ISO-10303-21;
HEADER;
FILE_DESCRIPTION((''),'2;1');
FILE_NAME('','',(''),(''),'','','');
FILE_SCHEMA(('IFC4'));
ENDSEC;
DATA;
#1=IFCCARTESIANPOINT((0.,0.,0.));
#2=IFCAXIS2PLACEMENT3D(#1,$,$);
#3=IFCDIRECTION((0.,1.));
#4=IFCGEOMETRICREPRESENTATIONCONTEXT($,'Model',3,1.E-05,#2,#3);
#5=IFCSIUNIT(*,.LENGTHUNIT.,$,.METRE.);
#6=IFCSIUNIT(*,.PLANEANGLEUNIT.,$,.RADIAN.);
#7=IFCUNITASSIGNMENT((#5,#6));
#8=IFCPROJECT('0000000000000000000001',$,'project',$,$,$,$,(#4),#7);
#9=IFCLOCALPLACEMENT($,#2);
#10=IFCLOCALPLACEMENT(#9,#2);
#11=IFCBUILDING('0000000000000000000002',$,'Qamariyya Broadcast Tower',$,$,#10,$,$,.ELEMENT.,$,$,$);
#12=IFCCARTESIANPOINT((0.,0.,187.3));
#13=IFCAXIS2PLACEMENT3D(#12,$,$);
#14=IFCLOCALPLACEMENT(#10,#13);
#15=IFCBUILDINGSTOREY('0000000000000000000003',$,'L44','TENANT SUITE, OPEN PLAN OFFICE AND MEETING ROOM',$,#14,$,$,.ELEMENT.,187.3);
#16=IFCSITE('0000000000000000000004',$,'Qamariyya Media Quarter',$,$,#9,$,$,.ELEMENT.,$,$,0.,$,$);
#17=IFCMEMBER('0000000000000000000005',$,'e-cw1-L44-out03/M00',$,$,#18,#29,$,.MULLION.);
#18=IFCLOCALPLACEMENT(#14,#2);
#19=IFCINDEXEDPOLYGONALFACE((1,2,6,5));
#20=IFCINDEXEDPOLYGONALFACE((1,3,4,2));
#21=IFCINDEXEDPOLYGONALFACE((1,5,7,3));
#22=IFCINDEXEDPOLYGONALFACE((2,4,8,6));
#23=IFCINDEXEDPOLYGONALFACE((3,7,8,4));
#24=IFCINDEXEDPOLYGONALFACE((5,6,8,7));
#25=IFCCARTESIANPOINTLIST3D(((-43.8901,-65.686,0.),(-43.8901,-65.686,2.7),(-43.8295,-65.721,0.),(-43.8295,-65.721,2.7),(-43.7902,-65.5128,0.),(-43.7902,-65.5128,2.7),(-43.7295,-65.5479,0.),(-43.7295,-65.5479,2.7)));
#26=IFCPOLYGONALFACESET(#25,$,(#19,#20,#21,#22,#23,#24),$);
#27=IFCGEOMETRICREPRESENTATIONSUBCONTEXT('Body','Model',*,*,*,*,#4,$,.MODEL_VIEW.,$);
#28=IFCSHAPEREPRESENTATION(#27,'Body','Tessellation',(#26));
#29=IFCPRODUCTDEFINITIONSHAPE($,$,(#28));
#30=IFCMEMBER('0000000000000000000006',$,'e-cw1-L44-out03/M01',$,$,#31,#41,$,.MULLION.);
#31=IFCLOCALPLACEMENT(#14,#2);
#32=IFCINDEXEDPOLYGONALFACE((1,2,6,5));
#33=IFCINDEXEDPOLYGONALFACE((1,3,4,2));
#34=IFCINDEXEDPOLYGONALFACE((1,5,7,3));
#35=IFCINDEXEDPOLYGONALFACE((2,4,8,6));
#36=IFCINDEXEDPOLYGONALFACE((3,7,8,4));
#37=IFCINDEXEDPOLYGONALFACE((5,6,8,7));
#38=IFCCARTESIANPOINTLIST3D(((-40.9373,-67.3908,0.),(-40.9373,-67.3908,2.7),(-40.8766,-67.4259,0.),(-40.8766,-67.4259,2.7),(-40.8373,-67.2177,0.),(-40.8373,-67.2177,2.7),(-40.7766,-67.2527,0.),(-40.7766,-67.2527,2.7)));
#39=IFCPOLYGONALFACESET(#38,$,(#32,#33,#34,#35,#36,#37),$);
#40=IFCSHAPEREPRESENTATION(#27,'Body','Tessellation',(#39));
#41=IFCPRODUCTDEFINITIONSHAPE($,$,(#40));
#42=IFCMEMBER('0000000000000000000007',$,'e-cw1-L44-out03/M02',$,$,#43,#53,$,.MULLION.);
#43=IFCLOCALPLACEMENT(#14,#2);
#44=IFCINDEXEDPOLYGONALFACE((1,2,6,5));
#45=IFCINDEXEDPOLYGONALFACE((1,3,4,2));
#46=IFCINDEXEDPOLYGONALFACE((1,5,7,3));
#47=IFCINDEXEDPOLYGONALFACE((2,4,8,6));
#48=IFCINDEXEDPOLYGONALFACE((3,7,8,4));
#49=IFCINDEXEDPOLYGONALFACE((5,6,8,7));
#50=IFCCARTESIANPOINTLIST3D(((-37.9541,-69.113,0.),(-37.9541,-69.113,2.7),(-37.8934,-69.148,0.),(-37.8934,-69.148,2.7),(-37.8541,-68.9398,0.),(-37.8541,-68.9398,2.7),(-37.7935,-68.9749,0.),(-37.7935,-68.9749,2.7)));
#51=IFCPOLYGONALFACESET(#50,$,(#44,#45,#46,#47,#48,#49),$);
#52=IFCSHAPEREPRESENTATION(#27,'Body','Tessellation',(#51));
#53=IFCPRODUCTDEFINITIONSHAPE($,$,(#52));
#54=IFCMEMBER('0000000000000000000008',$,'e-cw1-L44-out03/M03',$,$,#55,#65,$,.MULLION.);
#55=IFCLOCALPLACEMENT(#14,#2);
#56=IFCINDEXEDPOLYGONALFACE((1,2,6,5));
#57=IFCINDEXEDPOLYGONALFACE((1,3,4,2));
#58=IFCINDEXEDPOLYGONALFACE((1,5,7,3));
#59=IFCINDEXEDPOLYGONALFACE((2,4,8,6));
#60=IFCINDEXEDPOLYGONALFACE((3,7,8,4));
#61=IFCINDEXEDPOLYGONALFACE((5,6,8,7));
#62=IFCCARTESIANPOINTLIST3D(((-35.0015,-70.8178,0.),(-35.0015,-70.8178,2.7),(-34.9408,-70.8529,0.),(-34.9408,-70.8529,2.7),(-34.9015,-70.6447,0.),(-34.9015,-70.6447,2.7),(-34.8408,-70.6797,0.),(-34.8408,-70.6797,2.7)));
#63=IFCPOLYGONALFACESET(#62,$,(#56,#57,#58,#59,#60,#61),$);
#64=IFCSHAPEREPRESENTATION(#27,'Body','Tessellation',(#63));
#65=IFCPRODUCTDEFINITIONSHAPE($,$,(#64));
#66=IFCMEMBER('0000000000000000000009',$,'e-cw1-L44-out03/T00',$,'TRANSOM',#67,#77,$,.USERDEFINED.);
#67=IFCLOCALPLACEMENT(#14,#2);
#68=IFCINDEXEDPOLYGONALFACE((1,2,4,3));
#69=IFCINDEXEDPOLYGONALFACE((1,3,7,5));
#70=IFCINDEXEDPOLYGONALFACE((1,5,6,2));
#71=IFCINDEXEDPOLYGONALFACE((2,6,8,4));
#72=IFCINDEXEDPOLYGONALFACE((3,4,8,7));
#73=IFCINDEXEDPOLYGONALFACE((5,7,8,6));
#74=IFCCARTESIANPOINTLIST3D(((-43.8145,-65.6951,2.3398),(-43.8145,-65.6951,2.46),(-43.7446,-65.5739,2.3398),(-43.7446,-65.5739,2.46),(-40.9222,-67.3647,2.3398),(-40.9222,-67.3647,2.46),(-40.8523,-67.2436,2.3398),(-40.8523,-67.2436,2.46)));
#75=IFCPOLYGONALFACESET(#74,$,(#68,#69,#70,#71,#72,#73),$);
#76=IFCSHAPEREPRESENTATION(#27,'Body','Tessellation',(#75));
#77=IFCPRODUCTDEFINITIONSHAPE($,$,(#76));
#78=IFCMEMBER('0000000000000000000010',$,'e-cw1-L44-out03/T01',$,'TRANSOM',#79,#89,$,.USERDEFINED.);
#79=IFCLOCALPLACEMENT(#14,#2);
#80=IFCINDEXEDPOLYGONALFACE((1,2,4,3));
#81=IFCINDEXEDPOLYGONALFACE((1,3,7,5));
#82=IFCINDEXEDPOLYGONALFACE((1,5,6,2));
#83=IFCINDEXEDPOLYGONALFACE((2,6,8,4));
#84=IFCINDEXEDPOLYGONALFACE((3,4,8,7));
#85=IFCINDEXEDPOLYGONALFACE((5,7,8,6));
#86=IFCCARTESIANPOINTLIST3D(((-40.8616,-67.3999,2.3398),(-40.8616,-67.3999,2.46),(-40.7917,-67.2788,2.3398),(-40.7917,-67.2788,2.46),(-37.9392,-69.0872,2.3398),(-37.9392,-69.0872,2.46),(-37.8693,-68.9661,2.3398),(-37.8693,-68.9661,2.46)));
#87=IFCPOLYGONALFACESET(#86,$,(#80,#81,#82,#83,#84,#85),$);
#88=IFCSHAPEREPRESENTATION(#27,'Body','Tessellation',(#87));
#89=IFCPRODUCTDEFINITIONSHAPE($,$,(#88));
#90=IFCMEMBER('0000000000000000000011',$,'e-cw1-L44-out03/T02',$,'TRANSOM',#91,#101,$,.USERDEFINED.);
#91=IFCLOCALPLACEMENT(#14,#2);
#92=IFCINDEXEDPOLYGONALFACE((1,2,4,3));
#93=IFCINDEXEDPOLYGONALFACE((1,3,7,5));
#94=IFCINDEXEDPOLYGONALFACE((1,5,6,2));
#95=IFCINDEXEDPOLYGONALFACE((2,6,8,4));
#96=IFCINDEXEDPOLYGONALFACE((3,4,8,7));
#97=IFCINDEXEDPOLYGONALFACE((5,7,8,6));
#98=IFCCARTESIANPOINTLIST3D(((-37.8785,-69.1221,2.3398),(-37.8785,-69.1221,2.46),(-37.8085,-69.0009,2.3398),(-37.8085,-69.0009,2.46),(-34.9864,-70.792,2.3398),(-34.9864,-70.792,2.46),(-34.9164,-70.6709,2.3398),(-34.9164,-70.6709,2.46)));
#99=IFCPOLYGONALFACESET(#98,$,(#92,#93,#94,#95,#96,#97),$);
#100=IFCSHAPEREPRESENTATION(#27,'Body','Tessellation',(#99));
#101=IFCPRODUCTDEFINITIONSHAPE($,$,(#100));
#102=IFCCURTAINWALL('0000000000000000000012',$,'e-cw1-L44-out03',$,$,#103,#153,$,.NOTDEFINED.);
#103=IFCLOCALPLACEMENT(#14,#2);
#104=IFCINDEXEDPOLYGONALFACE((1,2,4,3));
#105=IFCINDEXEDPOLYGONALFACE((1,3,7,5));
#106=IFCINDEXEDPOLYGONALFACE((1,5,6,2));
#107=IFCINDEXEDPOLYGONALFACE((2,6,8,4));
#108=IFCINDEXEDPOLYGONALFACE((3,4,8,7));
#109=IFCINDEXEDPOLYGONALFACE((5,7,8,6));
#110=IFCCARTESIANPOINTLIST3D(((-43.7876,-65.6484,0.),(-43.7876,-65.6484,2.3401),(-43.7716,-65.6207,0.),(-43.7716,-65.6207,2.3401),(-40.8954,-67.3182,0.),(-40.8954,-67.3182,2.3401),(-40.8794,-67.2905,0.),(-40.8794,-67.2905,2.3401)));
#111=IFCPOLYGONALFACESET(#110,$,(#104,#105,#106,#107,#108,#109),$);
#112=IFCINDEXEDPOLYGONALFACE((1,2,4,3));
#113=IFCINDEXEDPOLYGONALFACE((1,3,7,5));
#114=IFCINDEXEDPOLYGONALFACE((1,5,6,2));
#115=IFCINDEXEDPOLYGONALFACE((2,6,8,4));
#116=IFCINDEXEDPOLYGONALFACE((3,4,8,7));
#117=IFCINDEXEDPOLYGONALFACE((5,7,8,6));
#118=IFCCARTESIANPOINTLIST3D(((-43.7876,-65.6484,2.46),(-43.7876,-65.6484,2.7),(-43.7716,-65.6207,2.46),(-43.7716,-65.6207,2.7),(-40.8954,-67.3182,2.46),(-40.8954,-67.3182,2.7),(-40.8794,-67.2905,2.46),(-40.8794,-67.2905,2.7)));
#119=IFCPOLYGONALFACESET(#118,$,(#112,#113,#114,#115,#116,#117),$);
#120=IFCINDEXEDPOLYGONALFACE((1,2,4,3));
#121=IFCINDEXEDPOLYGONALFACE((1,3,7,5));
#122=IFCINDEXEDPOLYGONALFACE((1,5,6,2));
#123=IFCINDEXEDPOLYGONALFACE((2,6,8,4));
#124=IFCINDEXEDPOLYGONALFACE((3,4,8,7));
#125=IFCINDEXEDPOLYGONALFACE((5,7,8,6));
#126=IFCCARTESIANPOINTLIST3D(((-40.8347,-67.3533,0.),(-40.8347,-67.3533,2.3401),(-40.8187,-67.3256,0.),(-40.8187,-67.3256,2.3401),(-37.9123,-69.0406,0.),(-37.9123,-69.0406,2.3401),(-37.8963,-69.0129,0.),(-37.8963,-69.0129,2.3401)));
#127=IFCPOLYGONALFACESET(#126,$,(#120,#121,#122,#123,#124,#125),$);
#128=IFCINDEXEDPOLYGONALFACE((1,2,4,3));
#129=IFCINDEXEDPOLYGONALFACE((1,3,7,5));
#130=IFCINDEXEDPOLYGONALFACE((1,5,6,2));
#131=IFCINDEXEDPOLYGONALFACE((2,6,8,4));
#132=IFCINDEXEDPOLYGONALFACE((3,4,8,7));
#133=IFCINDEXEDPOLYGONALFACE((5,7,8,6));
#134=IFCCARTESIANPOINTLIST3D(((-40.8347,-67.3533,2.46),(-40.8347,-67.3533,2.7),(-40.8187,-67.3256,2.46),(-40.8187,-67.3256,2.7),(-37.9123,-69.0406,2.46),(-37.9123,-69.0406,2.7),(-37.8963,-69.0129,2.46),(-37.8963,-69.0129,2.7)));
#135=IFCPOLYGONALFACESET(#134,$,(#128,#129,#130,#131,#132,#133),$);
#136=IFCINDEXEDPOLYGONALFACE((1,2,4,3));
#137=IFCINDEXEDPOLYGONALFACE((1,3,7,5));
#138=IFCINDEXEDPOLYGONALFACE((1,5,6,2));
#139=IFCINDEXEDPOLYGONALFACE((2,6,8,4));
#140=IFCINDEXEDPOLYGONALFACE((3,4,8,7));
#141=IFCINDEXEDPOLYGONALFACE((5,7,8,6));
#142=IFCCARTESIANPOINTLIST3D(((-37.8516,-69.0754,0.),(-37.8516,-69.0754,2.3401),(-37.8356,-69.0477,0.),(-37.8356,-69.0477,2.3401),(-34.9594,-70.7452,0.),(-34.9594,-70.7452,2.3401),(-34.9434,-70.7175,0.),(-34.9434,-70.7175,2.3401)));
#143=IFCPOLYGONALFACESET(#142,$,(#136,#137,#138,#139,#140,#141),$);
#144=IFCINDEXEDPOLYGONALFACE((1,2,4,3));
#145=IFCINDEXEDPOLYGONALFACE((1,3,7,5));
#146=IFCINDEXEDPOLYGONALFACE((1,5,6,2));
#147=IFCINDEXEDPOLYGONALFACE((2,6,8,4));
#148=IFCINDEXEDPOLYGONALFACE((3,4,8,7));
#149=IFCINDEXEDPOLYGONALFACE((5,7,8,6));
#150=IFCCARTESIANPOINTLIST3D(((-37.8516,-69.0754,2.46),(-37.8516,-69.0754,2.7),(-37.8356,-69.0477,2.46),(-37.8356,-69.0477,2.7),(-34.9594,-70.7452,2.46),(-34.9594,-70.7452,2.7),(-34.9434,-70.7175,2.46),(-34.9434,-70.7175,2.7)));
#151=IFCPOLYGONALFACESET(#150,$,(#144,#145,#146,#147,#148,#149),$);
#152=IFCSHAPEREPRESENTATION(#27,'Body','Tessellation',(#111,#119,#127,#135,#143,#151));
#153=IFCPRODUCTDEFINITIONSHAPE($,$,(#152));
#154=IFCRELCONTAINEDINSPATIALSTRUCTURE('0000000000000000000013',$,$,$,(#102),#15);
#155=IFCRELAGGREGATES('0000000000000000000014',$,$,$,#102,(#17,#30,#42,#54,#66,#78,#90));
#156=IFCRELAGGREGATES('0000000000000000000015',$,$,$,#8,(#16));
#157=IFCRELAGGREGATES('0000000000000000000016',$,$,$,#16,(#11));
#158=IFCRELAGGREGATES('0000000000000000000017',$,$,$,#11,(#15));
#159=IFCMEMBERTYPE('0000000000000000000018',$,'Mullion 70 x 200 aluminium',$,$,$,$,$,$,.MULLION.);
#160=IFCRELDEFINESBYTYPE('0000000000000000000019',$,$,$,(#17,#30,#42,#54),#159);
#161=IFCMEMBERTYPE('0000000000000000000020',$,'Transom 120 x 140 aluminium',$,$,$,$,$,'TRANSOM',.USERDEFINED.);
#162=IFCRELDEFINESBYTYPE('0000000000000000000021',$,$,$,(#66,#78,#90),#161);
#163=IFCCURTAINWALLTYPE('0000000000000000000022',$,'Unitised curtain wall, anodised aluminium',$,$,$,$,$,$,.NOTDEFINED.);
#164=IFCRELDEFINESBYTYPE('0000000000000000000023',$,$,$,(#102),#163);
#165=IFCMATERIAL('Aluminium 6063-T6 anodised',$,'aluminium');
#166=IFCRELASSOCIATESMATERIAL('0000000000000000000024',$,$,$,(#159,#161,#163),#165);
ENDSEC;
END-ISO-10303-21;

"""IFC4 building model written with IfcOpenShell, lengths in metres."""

from ifc_helpers import new_model, si_unit, direction, frame, origin, origin_2d, place, context, subcontext, project, spatial, rectangle, extrude, material, material_profile, profile_set, type_object, element, aggregate, save


model = new_model("IFC4")

# Units and contexts
model_context = context("Model", 3, precision=1e-05, world=origin(), true_north=direction((0.0, 1.0)))
body_context = subcontext(model_context, "Body", "Model", "MODEL_VIEW")
ifc_project = project(units=[si_unit("LENGTHUNIT", "METRE"), si_unit("PLANEANGLEUNIT", "RADIAN")], contexts=[model_context])

# Site, building, storey
site_placement = place(None, origin())
site = spatial("IfcSite", under=ifc_project, at=site_placement, Name="Qamariyya Media Quarter", CompositionType="ELEMENT", RefElevation=0.0)
building_placement = place(site_placement, origin())
building = spatial("IfcBuilding", under=site, at=building_placement, Name="Qamariyya Broadcast Tower", CompositionType="ELEMENT")
storey_placement = place(building_placement, frame((0.0, 0.0, 187.3)))
storey = spatial("IfcBuildingStorey", under=building, at=storey_placement, Name="L44", Description="TENANT SUITE, OPEN PLAN OFFICE AND MEETING ROOM", CompositionType="ELEMENT", Elevation=187.3)

# Members
ifc_material_1 = material(Name="Aluminium 6063-T6 anodised", Category="aluminium")
ifc_material_profile_1 = material_profile(ifc_material_1, rectangle(XDim=0.2, YDim=0.0701, at=origin_2d()))
ifc_profile_set_1 = profile_set([ifc_material_profile_1], Name="Aluminium 6063-T6 anodised")
member_type_1 = type_object("IfcMemberType", Name="Mullion 70 x 200 aluminium", PredefinedType="MULLION", material=ifc_profile_set_1)
member_1_placement = place(storey_placement, frame((-43.8098, -65.6169, 0.0), z_axis=(0.0, 0.0, 1.0), x_axis=(0.5, 0.866025, 0.0)))
member_1 = element("IfcMember", 1, at=member_1_placement, type_object=member_type_1, Name="e-cw1-L44-out03/M00", PredefinedType="MULLION", context=body_context, shape_type="SweptSolid", body=[
    extrude(rectangle(XDim=0.2, YDim=0.0701, at=origin_2d()), origin(), (0.0, 0.0, 1.0), 2.7),
])
member_2_placement = place(storey_placement, frame((-40.8569, -67.3218, 0.0), z_axis=(0.0, 0.0, 1.0), x_axis=(0.5, 0.866025, 0.0)))
member_2 = element("IfcMember", 2, at=member_2_placement, type_object=member_type_1, Name="e-cw1-L44-out03/M01", PredefinedType="MULLION", context=body_context, shape_type="SweptSolid", body=[
    extrude(rectangle(XDim=0.2, YDim=0.0701, at=origin_2d()), origin(), (0.0, 0.0, 1.0), 2.7),
])
member_3_placement = place(storey_placement, frame((-37.8738, -69.0439, 0.0), z_axis=(0.0, 0.0, 1.0), x_axis=(0.5, 0.866025, 0.0)))
member_3 = element("IfcMember", 3, at=member_3_placement, type_object=member_type_1, Name="e-cw1-L44-out03/M02", PredefinedType="MULLION", context=body_context, shape_type="SweptSolid", body=[
    extrude(rectangle(XDim=0.2, YDim=0.0701, at=origin_2d()), origin(), (0.0, 0.0, 1.0), 2.7),
])
member_4_placement = place(storey_placement, frame((-34.9211, -70.7488, 0.0), z_axis=(0.0, 0.0, 1.0), x_axis=(0.5, 0.866025, 0.0)))
member_4 = element("IfcMember", 4, at=member_4_placement, type_object=member_type_1, Name="e-cw1-L44-out03/M03", PredefinedType="MULLION", context=body_context, shape_type="SweptSolid", body=[
    extrude(rectangle(XDim=0.2, YDim=0.0701, at=origin_2d()), origin(), (0.0, 0.0, 1.0), 2.7),
])
ifc_material_profile_2 = material_profile(ifc_material_1, rectangle(XDim=0.1399, YDim=0.1201, at=origin_2d()))
ifc_profile_set_2 = profile_set([ifc_material_profile_2], Name="Aluminium 6063-T6 anodised")
member_type_2 = type_object("IfcMemberType", Name="Transom 120 x 140 aluminium", ElementType="TRANSOM", PredefinedType="USERDEFINED", material=ifc_profile_set_2)
member_5_placement = place(storey_placement, frame((-43.7795, -65.6345, 2.3999), z_axis=(0.866053, -0.499952, 0.0), x_axis=(0.499952, 0.866053, 0.0)))
member_5 = element("IfcMember", 5, at=member_5_placement, type_object=member_type_2, Name="e-cw1-L44-out03/T00", ObjectType="TRANSOM", PredefinedType="USERDEFINED", context=body_context, shape_type="SweptSolid", body=[
    extrude(rectangle(XDim=0.1399, YDim=0.1201, at=origin_2d()), origin(), (0.0, 0.0, 1.0), 3.3396),
])
member_6_placement = place(storey_placement, frame((-40.8267, -67.3394, 2.3999), z_axis=(0.866022, -0.500006, 0.0), x_axis=(0.500006, 0.866022, 0.0)))
member_6 = element("IfcMember", 6, at=member_6_placement, type_object=member_type_2, Name="e-cw1-L44-out03/T01", ObjectType="TRANSOM", PredefinedType="USERDEFINED", context=body_context, shape_type="SweptSolid", body=[
    extrude(rectangle(XDim=0.1399, YDim=0.1201, at=origin_2d()), origin(), (0.0, 0.0, 1.0), 3.3745),
])
member_7_placement = place(storey_placement, frame((-37.8435, -69.0615, 2.3999), z_axis=(0.866003, -0.500039, 0.0), x_axis=(0.500039, 0.866003, 0.0)))
member_7 = element("IfcMember", 7, at=member_7_placement, type_object=member_type_2, Name="e-cw1-L44-out03/T02", ObjectType="TRANSOM", PredefinedType="USERDEFINED", context=body_context, shape_type="SweptSolid", body=[
    extrude(rectangle(XDim=0.1399, YDim=0.1201, at=origin_2d()), origin(), (0.0, 0.0, 1.0), 3.3396),
])

# Curtain wall
curtain_wall_type = type_object("IfcCurtainWallType", Name="Unitised curtain wall, anodised aluminium", PredefinedType="NOTDEFINED", material=ifc_material_1)
curtain_wall_1_placement = place(storey_placement, origin())
curtain_wall_1 = element("IfcCurtainWall", 8, at=curtain_wall_1_placement, inside=storey, type_object=curtain_wall_type, Name="e-cw1-L44-out03", PredefinedType="NOTDEFINED", context=body_context, shape_type="SweptSolid", body=[
    extrude(rectangle(XDim=3.3396, YDim=0.032, at=origin_2d()), frame((-42.3335, -66.4695, 0.0), x_axis=(0.866029, -0.499994, 0.0)), (0.0, 0.0, 1.0), 2.3401),
    extrude(rectangle(XDim=3.3396, YDim=0.032, at=origin_2d()), frame((-42.3335, -66.4695, 2.46), x_axis=(0.866029, -0.499994, 0.0)), (0.0, 0.0, 1.0), 0.24),
    extrude(rectangle(XDim=3.3745, YDim=0.032, at=origin_2d()), frame((-39.3655, -68.1831, 0.0), x_axis=(0.866029, -0.499994, 0.0)), (0.0, 0.0, 1.0), 2.3401),
    extrude(rectangle(XDim=3.3745, YDim=0.032, at=origin_2d()), frame((-39.3655, -68.1831, 2.46), x_axis=(0.866029, -0.499994, 0.0)), (0.0, 0.0, 1.0), 0.24),
    extrude(rectangle(XDim=3.3396, YDim=0.032, at=origin_2d()), frame((-36.3975, -69.8965, 0.0), x_axis=(0.866029, -0.499994, 0.0)), (0.0, 0.0, 1.0), 2.3401),
    extrude(rectangle(XDim=3.3396, YDim=0.032, at=origin_2d()), frame((-36.3975, -69.8965, 2.46), x_axis=(0.866029, -0.499994, 0.0)), (0.0, 0.0, 1.0), 0.24),
])
aggregate(curtain_wall_1, [member_1, member_2, member_3, member_4, member_5, member_6, member_7])

save(model, "model.ifc")
